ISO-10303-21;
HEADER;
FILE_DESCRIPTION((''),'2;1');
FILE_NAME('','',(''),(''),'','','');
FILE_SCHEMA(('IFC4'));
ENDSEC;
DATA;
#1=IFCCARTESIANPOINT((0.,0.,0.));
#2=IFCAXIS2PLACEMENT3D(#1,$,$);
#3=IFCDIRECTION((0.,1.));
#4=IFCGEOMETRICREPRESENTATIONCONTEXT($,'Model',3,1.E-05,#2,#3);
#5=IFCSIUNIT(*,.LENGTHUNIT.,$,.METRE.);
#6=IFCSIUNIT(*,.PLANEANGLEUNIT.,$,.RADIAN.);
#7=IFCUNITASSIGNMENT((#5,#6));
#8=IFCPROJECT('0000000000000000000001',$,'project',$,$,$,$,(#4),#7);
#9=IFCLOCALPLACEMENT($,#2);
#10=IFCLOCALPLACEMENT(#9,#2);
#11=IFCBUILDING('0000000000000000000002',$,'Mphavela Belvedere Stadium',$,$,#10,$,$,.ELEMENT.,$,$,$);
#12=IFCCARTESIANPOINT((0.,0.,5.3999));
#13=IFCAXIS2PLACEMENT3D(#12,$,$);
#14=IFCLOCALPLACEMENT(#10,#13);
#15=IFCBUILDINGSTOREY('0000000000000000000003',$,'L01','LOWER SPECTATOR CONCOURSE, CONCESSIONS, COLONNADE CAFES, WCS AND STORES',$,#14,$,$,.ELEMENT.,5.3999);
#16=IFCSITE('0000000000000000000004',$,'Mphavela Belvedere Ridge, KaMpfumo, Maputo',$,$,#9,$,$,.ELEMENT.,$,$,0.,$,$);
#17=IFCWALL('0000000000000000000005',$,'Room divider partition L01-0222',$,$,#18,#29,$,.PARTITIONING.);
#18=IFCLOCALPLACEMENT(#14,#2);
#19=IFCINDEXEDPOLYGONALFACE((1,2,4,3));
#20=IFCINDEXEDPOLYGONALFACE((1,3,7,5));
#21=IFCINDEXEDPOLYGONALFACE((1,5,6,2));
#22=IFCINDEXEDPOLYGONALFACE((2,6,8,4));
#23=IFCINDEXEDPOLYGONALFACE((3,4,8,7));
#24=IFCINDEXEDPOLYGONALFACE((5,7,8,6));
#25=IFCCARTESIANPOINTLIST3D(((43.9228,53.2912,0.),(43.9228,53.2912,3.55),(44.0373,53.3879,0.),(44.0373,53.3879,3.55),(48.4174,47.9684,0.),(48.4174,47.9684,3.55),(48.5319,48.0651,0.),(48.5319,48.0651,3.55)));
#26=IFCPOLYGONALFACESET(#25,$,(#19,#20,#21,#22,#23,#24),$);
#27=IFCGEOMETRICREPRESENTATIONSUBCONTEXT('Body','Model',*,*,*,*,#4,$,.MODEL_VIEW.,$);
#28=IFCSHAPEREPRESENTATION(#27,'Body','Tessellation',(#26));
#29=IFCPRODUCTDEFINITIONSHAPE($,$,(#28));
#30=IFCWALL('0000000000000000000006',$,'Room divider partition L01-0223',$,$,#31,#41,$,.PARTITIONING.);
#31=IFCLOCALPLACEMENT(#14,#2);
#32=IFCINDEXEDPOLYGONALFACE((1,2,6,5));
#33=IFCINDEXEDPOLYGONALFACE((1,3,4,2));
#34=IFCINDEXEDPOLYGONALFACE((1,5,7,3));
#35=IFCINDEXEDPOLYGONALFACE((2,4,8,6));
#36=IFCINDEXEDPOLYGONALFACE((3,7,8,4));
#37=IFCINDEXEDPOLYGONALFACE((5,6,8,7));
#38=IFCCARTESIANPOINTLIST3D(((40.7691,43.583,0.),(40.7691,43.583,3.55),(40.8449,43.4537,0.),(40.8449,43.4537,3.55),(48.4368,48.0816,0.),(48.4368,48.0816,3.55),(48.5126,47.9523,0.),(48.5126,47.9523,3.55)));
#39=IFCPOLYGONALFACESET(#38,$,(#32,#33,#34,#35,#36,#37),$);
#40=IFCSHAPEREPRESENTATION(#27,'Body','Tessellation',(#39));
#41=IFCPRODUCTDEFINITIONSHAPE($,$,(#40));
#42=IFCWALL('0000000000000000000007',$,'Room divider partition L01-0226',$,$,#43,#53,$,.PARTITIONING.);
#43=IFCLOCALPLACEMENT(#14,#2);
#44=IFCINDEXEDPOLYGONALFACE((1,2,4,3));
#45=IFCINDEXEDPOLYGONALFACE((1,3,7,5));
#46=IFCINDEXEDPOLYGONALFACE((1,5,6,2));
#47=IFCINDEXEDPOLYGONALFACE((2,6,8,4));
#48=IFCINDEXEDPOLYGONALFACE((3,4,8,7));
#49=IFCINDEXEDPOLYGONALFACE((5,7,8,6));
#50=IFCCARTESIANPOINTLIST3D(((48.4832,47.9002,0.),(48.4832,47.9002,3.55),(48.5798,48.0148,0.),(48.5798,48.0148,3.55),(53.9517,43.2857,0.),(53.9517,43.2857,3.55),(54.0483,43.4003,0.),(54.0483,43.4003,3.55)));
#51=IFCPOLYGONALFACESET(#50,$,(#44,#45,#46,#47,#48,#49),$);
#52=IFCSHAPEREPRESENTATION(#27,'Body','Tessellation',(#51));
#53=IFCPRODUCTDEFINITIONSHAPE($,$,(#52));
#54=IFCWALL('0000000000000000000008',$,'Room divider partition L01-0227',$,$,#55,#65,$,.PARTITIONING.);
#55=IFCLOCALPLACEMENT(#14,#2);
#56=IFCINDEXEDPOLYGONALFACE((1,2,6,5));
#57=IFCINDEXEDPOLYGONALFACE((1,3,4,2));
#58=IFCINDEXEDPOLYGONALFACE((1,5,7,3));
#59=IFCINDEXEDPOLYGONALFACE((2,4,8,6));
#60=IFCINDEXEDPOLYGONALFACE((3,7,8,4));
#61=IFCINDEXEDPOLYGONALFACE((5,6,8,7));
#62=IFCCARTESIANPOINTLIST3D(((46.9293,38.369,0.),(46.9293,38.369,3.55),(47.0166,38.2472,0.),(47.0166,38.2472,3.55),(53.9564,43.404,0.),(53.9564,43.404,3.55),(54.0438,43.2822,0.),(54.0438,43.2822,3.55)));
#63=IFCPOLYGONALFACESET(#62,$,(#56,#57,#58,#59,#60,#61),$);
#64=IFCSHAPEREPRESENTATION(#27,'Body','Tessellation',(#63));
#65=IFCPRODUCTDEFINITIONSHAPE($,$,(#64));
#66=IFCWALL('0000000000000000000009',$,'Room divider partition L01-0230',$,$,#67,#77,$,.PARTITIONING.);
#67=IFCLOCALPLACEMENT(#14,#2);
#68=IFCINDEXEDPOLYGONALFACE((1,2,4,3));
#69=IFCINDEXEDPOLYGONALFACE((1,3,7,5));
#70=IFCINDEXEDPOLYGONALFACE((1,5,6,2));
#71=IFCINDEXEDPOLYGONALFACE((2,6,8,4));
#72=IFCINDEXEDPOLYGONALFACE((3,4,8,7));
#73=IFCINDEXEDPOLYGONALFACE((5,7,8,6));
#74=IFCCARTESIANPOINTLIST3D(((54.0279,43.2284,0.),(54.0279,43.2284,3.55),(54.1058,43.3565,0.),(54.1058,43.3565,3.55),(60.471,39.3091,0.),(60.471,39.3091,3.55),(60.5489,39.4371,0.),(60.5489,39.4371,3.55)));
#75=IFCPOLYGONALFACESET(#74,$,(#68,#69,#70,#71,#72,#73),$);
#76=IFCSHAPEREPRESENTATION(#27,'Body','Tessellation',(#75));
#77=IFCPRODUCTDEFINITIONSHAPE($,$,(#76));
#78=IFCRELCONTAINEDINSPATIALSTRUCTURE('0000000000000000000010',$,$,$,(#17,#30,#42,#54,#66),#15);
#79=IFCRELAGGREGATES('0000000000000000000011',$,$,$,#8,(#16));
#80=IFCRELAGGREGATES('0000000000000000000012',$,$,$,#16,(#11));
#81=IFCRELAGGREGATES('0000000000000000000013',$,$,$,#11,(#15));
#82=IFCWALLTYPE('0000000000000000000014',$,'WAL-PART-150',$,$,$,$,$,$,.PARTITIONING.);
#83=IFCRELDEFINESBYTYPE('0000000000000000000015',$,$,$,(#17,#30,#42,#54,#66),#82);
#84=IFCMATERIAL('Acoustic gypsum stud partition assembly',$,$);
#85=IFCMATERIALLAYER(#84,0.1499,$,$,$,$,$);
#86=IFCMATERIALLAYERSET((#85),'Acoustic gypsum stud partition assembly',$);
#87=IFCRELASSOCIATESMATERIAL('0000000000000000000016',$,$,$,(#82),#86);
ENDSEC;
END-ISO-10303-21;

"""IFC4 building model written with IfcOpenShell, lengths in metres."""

from ifc_helpers import new_model, si_unit, direction, frame, frame_2d, origin, place, context, subcontext, project, spatial, rectangle, extrude, material, layer, layer_set, type_object, element, save


model = new_model("IFC4")

# Units and contexts
model_context = context("Model", 3, precision=1e-05, world=origin(), true_north=direction((0.0, 1.0)))
body_context = subcontext(model_context, "Body", "Model", "MODEL_VIEW")
ifc_project = project(units=[si_unit("LENGTHUNIT", "METRE"), si_unit("PLANEANGLEUNIT", "RADIAN")], contexts=[model_context])

# Site, building, storey
site_placement = place(None, origin())
site = spatial("IfcSite", under=ifc_project, at=site_placement, Name="Mphavela Belvedere Ridge, KaMpfumo, Maputo", CompositionType="ELEMENT", RefElevation=0.0)
building_placement = place(site_placement, origin())
building = spatial("IfcBuilding", under=site, at=building_placement, Name="Mphavela Belvedere Stadium", CompositionType="ELEMENT")
storey_placement = place(building_placement, frame((0.0, 0.0, 5.3999)))
storey = spatial("IfcBuildingStorey", under=building, at=storey_placement, Name="L01", Description="LOWER SPECTATOR CONCOURSE, CONCESSIONS, COLONNADE CAFES, WCS AND STORES", CompositionType="ELEMENT", Elevation=5.3999)

# Shared definitions
ifc_material_1 = material(Name="Acoustic gypsum stud partition assembly")
ifc_layer_1 = layer(ifc_material_1, 0.1499)
ifc_layer_set_1 = layer_set([ifc_layer_1], Name="Acoustic gypsum stud partition assembly")
wall_type = type_object("IfcWallType", Name="WAL-PART-150", PredefinedType="PARTITIONING", material=ifc_layer_set_1)

# Walls
wall_1_placement = place(storey_placement, frame((43.98, 53.3396, 0.0), z_axis=(0.0, 0.0, 1.0), x_axis=(0.645169, -0.76404, 0.0)))
element("IfcWall", 1, at=wall_1_placement, inside=storey, type_object=wall_type, Name="Room divider partition L01-0222", PredefinedType="PARTITIONING", context=body_context, shape_type="SweptSolid", body=[
    extrude(rectangle(XDim=6.9666, YDim=0.1499, at=frame_2d((3.4834, 0.0))), origin(), (0.0, 0.0, 1.0), 3.55),
])
wall_2_placement = place(storey_placement, frame((48.4746, 48.0168, 0.0), z_axis=(0.0, 0.0, 1.0), x_axis=(-0.862518, -0.506026, 0.0)))
element("IfcWall", 2, at=wall_2_placement, inside=storey, type_object=wall_type, Name="Room divider partition L01-0223", PredefinedType="PARTITIONING", context=body_context, shape_type="SweptSolid", body=[
    extrude(rectangle(XDim=8.8899, YDim=0.1499, at=frame_2d((4.4448, 0.0))), origin(), (0.0, 0.0, 1.0), 3.55),
])
wall_3_placement = place(storey_placement, frame((48.5315, 47.9575, 0.0), z_axis=(0.0, 0.0, 1.0), x_axis=(0.76426, -0.644908, 0.0)))
element("IfcWall", 3, at=wall_3_placement, inside=storey, type_object=wall_type, Name="Room divider partition L01-0226", PredefinedType="PARTITIONING", context=body_context, shape_type="SweptSolid", body=[
    extrude(rectangle(XDim=7.1553, YDim=0.1499, at=frame_2d((3.5776, 0.0))), origin(), (0.0, 0.0, 1.0), 3.55),
])
wall_4_placement = place(storey_placement, frame((54.0, 43.343, 0.0), z_axis=(0.0, 0.0, 1.0), x_axis=(-0.812882, -0.582429, 0.0)))
element("IfcWall", 4, at=wall_4_placement, inside=storey, type_object=wall_type, Name="Room divider partition L01-0227", PredefinedType="PARTITIONING", context=body_context, shape_type="SweptSolid", body=[
    extrude(rectangle(XDim=8.6448, YDim=0.1499, at=frame_2d((4.3223, 0.0))), origin(), (0.0, 0.0, 1.0), 3.55),
])
wall_5_placement = place(storey_placement, frame((54.0669, 43.2925, 0.0), z_axis=(0.0, 0.0, 1.0), x_axis=(0.854344, -0.519709, 0.0)))
element("IfcWall", 5, at=wall_5_placement, inside=storey, type_object=wall_type, Name="Room divider partition L01-0230", PredefinedType="PARTITIONING", context=body_context, shape_type="SweptSolid", body=[
    extrude(rectangle(XDim=7.5415, YDim=0.1499, at=frame_2d((3.7708, 0.0))), origin(), (0.0, 0.0, 1.0), 3.55),
])

save(model, "model.ifc")
